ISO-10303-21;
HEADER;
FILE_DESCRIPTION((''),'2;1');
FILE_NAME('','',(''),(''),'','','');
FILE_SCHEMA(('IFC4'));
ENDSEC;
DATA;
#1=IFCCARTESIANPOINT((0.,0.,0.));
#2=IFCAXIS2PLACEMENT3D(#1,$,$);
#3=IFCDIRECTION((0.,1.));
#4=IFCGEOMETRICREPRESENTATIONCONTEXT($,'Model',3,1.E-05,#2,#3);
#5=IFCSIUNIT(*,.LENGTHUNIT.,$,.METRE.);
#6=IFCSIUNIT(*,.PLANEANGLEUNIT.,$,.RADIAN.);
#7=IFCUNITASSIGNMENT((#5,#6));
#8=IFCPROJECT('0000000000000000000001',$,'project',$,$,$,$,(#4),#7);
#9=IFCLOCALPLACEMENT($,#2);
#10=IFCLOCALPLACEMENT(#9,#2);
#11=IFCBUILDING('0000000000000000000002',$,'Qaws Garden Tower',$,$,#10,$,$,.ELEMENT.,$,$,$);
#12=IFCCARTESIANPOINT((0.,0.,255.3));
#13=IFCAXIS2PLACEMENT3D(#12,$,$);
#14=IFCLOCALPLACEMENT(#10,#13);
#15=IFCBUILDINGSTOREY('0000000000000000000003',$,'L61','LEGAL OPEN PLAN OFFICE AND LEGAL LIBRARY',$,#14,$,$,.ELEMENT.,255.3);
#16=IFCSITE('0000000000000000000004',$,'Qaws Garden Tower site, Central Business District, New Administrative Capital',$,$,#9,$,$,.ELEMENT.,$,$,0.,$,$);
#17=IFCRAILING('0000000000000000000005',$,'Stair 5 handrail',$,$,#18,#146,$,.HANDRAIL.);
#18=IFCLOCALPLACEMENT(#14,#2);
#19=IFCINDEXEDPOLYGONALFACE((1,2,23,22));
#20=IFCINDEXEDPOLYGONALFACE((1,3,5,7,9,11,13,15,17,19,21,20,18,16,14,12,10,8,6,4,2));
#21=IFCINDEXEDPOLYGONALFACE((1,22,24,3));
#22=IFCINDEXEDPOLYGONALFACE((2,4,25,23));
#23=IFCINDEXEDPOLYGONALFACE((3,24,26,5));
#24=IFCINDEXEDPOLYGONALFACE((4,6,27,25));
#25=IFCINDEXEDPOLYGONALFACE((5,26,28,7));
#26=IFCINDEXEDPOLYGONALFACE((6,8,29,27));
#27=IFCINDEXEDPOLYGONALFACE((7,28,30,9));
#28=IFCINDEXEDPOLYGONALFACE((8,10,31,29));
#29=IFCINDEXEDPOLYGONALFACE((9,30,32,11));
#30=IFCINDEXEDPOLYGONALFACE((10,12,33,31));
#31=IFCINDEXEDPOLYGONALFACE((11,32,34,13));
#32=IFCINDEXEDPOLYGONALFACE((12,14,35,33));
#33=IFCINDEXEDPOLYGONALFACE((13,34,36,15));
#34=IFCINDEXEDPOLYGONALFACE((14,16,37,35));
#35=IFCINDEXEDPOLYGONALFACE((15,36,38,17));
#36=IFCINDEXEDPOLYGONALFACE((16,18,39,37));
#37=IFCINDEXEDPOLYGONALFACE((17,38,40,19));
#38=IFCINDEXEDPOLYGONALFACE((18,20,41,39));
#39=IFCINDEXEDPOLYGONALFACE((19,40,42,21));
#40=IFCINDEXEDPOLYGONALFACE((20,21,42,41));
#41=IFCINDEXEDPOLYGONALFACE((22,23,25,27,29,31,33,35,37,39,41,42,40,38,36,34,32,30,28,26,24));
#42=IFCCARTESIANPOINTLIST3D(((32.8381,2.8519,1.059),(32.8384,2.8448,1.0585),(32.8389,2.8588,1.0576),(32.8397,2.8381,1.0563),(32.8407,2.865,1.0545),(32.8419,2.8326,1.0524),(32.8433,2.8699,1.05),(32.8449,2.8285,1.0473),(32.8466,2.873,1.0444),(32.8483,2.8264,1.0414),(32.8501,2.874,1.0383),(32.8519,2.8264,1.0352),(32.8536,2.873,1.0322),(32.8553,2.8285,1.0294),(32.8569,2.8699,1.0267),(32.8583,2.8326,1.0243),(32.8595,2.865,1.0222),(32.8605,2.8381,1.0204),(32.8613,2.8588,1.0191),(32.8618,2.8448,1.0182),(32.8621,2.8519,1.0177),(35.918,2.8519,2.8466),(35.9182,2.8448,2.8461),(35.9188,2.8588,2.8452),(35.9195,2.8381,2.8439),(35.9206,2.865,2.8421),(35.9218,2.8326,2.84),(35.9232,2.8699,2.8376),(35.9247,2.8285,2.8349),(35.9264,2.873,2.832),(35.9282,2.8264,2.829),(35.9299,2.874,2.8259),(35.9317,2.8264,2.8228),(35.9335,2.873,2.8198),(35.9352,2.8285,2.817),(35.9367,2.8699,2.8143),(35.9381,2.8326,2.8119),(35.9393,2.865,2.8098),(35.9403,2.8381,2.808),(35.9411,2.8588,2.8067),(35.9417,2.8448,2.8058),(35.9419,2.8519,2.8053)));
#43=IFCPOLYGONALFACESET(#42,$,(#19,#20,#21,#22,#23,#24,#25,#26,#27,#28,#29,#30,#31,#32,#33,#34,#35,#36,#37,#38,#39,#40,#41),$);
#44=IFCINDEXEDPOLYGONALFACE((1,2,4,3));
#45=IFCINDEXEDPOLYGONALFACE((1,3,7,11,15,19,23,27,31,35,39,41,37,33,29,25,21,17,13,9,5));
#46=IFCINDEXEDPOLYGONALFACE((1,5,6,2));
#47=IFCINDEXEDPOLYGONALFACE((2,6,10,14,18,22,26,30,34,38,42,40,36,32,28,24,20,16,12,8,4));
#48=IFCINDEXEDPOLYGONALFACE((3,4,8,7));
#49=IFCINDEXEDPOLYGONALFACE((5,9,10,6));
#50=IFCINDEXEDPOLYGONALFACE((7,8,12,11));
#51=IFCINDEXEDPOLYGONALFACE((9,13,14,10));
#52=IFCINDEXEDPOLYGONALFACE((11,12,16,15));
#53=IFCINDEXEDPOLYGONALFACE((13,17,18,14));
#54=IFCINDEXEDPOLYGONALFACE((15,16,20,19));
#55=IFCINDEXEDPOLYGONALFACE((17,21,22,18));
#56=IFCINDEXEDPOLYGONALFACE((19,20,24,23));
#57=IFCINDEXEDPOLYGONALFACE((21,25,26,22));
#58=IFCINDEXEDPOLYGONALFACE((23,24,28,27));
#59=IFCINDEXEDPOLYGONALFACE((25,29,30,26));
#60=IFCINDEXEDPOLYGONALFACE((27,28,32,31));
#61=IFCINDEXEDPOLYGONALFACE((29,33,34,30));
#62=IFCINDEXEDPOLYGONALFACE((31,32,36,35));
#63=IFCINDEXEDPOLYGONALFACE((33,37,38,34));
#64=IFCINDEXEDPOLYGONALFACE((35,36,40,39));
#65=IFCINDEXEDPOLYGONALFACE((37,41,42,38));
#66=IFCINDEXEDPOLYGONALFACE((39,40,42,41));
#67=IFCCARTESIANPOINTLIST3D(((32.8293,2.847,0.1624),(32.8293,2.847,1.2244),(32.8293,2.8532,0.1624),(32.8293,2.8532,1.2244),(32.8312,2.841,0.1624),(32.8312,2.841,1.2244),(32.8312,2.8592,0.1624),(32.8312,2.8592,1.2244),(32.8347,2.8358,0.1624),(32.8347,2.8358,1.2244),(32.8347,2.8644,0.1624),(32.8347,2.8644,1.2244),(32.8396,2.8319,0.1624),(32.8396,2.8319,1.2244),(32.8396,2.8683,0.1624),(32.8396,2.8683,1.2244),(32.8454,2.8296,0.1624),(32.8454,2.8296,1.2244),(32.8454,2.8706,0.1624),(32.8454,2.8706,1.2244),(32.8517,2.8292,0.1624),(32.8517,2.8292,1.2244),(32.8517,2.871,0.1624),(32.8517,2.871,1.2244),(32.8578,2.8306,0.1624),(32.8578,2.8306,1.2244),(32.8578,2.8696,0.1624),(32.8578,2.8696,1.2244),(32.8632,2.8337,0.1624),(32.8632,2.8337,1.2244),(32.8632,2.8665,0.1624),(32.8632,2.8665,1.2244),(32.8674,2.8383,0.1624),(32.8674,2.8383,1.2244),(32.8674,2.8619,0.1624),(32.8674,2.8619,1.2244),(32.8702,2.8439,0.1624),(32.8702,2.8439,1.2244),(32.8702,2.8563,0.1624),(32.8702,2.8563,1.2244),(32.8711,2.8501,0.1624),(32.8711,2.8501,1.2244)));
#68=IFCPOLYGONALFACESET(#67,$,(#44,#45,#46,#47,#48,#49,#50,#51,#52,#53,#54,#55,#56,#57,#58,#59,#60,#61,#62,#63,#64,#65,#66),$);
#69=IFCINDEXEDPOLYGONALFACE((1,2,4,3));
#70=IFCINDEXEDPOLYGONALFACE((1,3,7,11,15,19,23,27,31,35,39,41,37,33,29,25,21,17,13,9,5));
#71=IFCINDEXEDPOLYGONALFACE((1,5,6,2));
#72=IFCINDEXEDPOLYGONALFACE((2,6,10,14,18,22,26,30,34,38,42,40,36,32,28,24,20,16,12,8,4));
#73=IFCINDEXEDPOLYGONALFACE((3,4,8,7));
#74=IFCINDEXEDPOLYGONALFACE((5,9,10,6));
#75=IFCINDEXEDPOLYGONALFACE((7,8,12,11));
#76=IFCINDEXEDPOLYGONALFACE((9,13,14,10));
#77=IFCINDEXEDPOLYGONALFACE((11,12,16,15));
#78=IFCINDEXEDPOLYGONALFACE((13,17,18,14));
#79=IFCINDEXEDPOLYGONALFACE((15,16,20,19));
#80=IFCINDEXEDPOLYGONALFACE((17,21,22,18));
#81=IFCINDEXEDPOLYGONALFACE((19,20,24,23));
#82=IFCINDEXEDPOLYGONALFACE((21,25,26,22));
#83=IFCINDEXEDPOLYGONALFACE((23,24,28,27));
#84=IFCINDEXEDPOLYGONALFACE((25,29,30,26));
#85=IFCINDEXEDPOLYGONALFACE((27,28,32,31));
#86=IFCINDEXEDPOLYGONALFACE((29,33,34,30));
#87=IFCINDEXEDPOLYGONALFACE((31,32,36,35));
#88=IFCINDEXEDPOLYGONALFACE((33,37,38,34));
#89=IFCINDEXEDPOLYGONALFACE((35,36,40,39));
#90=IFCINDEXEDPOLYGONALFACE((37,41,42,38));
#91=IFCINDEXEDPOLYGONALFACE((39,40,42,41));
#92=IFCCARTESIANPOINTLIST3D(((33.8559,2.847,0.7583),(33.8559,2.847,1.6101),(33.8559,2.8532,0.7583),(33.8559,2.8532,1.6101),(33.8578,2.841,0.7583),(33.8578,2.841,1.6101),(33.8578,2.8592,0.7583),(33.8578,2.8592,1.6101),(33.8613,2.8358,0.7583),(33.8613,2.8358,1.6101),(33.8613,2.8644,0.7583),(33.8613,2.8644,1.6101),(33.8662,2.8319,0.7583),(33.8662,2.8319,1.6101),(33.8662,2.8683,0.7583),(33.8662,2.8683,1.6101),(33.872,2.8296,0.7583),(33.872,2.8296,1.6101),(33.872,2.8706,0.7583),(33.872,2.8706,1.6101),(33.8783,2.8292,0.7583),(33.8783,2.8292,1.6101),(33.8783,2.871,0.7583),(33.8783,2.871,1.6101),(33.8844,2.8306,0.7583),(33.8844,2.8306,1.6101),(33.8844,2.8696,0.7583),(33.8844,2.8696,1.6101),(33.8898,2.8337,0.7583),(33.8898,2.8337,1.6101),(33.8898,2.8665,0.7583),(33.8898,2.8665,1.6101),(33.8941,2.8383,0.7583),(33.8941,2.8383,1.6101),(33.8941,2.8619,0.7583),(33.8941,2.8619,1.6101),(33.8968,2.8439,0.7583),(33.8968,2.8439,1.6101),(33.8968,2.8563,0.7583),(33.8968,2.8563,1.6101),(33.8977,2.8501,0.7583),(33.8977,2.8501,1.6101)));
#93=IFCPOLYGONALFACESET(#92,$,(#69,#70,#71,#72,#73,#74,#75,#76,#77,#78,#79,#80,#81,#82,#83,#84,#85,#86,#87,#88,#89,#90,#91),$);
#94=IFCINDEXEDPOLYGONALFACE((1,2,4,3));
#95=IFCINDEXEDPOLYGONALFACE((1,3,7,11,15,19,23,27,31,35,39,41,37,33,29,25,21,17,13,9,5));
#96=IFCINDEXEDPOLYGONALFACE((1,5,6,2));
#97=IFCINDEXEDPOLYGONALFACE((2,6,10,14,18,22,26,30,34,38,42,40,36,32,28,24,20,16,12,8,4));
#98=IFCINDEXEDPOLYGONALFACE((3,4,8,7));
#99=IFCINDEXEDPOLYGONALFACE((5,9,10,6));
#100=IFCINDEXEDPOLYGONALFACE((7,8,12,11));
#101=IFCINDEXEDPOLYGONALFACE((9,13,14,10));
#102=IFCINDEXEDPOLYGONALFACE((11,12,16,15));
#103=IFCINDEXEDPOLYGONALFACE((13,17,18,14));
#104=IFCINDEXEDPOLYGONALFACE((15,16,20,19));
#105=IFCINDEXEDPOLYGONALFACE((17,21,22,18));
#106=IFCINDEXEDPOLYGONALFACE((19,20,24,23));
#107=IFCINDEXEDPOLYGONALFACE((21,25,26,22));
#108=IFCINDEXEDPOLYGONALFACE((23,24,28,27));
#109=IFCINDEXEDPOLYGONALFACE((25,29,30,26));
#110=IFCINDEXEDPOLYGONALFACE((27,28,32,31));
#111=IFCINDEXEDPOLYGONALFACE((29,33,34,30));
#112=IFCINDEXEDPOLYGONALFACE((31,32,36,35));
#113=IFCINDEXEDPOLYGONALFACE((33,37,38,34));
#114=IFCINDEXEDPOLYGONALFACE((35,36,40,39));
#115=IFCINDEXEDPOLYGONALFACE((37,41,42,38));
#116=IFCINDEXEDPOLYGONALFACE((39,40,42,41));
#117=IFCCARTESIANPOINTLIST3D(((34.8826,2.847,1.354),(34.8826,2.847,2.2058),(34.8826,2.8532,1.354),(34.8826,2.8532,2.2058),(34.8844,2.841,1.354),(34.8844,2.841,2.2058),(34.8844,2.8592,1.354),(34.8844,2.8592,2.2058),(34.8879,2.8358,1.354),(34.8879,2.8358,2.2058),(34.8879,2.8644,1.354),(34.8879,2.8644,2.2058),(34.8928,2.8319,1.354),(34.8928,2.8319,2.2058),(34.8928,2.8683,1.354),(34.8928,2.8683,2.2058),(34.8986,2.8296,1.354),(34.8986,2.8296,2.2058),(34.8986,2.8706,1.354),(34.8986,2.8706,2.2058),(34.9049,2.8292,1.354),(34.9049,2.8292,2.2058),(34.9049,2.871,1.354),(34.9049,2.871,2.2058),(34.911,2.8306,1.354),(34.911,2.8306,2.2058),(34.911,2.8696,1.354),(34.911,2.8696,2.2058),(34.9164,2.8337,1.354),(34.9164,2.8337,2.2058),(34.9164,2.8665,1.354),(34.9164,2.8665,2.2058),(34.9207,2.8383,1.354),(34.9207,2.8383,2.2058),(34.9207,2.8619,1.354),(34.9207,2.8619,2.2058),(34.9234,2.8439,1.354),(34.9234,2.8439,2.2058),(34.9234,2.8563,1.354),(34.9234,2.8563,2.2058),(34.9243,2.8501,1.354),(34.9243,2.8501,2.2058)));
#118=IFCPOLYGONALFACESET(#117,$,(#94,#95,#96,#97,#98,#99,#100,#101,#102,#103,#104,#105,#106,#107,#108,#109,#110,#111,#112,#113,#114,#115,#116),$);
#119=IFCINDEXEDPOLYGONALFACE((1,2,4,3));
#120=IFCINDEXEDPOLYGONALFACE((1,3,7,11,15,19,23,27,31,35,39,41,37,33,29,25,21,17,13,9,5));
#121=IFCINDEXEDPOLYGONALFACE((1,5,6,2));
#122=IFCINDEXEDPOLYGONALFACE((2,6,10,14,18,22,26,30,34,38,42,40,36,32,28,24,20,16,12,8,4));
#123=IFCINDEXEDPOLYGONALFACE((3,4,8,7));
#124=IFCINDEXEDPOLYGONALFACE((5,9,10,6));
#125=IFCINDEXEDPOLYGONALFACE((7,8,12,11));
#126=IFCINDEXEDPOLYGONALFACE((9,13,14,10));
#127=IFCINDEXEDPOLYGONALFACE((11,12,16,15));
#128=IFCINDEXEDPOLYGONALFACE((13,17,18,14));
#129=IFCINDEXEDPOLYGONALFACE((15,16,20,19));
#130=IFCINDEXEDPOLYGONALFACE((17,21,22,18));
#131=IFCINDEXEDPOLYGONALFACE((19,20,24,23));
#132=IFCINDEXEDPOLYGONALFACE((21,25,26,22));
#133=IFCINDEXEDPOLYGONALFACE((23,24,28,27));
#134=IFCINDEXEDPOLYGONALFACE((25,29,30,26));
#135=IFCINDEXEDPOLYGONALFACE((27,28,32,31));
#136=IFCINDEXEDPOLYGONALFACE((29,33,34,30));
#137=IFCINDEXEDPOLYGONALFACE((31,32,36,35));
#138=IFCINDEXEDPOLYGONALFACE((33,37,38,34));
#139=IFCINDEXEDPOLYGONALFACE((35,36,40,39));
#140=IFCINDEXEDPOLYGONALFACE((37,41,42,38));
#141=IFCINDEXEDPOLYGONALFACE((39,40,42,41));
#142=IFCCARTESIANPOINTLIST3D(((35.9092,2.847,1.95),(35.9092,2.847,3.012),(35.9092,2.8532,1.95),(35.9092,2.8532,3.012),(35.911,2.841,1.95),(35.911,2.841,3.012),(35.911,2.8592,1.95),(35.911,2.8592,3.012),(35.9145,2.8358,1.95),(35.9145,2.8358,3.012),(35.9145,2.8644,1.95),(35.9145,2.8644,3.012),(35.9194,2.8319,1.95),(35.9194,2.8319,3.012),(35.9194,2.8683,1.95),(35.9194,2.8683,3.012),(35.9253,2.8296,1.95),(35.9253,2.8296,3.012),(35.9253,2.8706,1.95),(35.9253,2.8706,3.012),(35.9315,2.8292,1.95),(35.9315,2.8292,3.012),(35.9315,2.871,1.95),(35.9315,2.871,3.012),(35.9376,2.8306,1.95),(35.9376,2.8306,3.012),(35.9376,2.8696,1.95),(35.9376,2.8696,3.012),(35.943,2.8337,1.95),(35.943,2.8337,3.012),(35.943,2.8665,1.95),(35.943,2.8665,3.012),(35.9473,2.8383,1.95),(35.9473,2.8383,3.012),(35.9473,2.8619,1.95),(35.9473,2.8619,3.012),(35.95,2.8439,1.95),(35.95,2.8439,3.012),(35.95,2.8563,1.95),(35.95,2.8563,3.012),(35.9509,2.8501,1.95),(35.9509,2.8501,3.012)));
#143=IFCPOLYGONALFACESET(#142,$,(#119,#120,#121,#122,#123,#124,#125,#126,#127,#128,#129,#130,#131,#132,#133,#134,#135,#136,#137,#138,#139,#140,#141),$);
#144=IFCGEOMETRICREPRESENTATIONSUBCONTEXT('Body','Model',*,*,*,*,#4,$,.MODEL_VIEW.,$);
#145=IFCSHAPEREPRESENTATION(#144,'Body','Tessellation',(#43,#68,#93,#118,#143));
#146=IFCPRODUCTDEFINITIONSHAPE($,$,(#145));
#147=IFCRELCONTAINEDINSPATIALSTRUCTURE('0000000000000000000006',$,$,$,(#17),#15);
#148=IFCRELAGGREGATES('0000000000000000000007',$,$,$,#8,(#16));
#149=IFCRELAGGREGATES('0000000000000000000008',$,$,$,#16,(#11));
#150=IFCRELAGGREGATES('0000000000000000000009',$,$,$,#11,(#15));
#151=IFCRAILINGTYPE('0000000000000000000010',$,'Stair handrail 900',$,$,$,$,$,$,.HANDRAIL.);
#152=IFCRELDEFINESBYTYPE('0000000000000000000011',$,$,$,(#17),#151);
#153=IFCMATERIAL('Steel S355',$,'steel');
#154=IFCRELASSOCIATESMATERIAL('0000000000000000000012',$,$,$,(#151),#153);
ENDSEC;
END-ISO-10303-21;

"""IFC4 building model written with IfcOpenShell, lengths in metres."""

from ifc_helpers import new_model, si_unit, direction, frame, origin, origin_2d, place, context, subcontext, project, spatial, circle, extrude, material, type_object, element, save


model = new_model("IFC4")

# Units and contexts
model_context = context("Model", 3, precision=1e-05, world=origin(), true_north=direction((0.0, 1.0)))
body_context = subcontext(model_context, "Body", "Model", "MODEL_VIEW")
ifc_project = project(units=[si_unit("LENGTHUNIT", "METRE"), si_unit("PLANEANGLEUNIT", "RADIAN")], contexts=[model_context])

# Site, building, storey
site_placement = place(None, origin())
site = spatial("IfcSite", under=ifc_project, at=site_placement, Name="Qaws Garden Tower site, Central Business District, New Administrative Capital", CompositionType="ELEMENT", RefElevation=0.0)
building_placement = place(site_placement, origin())
building = spatial("IfcBuilding", under=site, at=building_placement, Name="Qaws Garden Tower", CompositionType="ELEMENT")
storey_placement = place(building_placement, frame((0.0, 0.0, 255.3)))
storey = spatial("IfcBuildingStorey", under=building, at=storey_placement, Name="L61", Description="LEGAL OPEN PLAN OFFICE AND LEGAL LIBRARY", CompositionType="ELEMENT", Elevation=255.3)

# Railing
ifc_material_1 = material(Name="Steel S355", Category="steel")
railing_type = type_object("IfcRailingType", Name="Stair handrail 900", PredefinedType="HANDRAIL", material=ifc_material_1)
railing_1_placement = place(storey_placement, frame((32.8501, 2.8501, 0.1624)))
element("IfcRailing", 1, at=railing_1_placement, inside=storey, type_object=railing_type, Name="Stair 5 handrail", PredefinedType="HANDRAIL", context=body_context, shape_type="SweptSolid", body=[
    extrude(circle(Radius=0.0239, at=origin_2d()), frame((0.0, 0.0, 0.876), z_axis=(0.864873, 0.0, 0.50199), x_axis=(0.0, 1.0, 0.0)), (0.0, 0.0, 1.0), 3.561),
    extrude(circle(Radius=0.021, at=origin_2d()), origin(), (0.0, 0.0, 1.0), 1.062),
    extrude(circle(Radius=0.021, at=origin_2d()), frame((1.0266, 0.0, 0.5959)), (0.0, 0.0, 1.0), 0.8518),
    extrude(circle(Radius=0.021, at=origin_2d()), frame((2.0532, 0.0, 1.1917)), (0.0, 0.0, 1.0), 0.8518),
    extrude(circle(Radius=0.021, at=origin_2d()), frame((3.0798, 0.0, 1.7876)), (0.0, 0.0, 1.0), 1.062),
])

save(model, "model.ifc")
